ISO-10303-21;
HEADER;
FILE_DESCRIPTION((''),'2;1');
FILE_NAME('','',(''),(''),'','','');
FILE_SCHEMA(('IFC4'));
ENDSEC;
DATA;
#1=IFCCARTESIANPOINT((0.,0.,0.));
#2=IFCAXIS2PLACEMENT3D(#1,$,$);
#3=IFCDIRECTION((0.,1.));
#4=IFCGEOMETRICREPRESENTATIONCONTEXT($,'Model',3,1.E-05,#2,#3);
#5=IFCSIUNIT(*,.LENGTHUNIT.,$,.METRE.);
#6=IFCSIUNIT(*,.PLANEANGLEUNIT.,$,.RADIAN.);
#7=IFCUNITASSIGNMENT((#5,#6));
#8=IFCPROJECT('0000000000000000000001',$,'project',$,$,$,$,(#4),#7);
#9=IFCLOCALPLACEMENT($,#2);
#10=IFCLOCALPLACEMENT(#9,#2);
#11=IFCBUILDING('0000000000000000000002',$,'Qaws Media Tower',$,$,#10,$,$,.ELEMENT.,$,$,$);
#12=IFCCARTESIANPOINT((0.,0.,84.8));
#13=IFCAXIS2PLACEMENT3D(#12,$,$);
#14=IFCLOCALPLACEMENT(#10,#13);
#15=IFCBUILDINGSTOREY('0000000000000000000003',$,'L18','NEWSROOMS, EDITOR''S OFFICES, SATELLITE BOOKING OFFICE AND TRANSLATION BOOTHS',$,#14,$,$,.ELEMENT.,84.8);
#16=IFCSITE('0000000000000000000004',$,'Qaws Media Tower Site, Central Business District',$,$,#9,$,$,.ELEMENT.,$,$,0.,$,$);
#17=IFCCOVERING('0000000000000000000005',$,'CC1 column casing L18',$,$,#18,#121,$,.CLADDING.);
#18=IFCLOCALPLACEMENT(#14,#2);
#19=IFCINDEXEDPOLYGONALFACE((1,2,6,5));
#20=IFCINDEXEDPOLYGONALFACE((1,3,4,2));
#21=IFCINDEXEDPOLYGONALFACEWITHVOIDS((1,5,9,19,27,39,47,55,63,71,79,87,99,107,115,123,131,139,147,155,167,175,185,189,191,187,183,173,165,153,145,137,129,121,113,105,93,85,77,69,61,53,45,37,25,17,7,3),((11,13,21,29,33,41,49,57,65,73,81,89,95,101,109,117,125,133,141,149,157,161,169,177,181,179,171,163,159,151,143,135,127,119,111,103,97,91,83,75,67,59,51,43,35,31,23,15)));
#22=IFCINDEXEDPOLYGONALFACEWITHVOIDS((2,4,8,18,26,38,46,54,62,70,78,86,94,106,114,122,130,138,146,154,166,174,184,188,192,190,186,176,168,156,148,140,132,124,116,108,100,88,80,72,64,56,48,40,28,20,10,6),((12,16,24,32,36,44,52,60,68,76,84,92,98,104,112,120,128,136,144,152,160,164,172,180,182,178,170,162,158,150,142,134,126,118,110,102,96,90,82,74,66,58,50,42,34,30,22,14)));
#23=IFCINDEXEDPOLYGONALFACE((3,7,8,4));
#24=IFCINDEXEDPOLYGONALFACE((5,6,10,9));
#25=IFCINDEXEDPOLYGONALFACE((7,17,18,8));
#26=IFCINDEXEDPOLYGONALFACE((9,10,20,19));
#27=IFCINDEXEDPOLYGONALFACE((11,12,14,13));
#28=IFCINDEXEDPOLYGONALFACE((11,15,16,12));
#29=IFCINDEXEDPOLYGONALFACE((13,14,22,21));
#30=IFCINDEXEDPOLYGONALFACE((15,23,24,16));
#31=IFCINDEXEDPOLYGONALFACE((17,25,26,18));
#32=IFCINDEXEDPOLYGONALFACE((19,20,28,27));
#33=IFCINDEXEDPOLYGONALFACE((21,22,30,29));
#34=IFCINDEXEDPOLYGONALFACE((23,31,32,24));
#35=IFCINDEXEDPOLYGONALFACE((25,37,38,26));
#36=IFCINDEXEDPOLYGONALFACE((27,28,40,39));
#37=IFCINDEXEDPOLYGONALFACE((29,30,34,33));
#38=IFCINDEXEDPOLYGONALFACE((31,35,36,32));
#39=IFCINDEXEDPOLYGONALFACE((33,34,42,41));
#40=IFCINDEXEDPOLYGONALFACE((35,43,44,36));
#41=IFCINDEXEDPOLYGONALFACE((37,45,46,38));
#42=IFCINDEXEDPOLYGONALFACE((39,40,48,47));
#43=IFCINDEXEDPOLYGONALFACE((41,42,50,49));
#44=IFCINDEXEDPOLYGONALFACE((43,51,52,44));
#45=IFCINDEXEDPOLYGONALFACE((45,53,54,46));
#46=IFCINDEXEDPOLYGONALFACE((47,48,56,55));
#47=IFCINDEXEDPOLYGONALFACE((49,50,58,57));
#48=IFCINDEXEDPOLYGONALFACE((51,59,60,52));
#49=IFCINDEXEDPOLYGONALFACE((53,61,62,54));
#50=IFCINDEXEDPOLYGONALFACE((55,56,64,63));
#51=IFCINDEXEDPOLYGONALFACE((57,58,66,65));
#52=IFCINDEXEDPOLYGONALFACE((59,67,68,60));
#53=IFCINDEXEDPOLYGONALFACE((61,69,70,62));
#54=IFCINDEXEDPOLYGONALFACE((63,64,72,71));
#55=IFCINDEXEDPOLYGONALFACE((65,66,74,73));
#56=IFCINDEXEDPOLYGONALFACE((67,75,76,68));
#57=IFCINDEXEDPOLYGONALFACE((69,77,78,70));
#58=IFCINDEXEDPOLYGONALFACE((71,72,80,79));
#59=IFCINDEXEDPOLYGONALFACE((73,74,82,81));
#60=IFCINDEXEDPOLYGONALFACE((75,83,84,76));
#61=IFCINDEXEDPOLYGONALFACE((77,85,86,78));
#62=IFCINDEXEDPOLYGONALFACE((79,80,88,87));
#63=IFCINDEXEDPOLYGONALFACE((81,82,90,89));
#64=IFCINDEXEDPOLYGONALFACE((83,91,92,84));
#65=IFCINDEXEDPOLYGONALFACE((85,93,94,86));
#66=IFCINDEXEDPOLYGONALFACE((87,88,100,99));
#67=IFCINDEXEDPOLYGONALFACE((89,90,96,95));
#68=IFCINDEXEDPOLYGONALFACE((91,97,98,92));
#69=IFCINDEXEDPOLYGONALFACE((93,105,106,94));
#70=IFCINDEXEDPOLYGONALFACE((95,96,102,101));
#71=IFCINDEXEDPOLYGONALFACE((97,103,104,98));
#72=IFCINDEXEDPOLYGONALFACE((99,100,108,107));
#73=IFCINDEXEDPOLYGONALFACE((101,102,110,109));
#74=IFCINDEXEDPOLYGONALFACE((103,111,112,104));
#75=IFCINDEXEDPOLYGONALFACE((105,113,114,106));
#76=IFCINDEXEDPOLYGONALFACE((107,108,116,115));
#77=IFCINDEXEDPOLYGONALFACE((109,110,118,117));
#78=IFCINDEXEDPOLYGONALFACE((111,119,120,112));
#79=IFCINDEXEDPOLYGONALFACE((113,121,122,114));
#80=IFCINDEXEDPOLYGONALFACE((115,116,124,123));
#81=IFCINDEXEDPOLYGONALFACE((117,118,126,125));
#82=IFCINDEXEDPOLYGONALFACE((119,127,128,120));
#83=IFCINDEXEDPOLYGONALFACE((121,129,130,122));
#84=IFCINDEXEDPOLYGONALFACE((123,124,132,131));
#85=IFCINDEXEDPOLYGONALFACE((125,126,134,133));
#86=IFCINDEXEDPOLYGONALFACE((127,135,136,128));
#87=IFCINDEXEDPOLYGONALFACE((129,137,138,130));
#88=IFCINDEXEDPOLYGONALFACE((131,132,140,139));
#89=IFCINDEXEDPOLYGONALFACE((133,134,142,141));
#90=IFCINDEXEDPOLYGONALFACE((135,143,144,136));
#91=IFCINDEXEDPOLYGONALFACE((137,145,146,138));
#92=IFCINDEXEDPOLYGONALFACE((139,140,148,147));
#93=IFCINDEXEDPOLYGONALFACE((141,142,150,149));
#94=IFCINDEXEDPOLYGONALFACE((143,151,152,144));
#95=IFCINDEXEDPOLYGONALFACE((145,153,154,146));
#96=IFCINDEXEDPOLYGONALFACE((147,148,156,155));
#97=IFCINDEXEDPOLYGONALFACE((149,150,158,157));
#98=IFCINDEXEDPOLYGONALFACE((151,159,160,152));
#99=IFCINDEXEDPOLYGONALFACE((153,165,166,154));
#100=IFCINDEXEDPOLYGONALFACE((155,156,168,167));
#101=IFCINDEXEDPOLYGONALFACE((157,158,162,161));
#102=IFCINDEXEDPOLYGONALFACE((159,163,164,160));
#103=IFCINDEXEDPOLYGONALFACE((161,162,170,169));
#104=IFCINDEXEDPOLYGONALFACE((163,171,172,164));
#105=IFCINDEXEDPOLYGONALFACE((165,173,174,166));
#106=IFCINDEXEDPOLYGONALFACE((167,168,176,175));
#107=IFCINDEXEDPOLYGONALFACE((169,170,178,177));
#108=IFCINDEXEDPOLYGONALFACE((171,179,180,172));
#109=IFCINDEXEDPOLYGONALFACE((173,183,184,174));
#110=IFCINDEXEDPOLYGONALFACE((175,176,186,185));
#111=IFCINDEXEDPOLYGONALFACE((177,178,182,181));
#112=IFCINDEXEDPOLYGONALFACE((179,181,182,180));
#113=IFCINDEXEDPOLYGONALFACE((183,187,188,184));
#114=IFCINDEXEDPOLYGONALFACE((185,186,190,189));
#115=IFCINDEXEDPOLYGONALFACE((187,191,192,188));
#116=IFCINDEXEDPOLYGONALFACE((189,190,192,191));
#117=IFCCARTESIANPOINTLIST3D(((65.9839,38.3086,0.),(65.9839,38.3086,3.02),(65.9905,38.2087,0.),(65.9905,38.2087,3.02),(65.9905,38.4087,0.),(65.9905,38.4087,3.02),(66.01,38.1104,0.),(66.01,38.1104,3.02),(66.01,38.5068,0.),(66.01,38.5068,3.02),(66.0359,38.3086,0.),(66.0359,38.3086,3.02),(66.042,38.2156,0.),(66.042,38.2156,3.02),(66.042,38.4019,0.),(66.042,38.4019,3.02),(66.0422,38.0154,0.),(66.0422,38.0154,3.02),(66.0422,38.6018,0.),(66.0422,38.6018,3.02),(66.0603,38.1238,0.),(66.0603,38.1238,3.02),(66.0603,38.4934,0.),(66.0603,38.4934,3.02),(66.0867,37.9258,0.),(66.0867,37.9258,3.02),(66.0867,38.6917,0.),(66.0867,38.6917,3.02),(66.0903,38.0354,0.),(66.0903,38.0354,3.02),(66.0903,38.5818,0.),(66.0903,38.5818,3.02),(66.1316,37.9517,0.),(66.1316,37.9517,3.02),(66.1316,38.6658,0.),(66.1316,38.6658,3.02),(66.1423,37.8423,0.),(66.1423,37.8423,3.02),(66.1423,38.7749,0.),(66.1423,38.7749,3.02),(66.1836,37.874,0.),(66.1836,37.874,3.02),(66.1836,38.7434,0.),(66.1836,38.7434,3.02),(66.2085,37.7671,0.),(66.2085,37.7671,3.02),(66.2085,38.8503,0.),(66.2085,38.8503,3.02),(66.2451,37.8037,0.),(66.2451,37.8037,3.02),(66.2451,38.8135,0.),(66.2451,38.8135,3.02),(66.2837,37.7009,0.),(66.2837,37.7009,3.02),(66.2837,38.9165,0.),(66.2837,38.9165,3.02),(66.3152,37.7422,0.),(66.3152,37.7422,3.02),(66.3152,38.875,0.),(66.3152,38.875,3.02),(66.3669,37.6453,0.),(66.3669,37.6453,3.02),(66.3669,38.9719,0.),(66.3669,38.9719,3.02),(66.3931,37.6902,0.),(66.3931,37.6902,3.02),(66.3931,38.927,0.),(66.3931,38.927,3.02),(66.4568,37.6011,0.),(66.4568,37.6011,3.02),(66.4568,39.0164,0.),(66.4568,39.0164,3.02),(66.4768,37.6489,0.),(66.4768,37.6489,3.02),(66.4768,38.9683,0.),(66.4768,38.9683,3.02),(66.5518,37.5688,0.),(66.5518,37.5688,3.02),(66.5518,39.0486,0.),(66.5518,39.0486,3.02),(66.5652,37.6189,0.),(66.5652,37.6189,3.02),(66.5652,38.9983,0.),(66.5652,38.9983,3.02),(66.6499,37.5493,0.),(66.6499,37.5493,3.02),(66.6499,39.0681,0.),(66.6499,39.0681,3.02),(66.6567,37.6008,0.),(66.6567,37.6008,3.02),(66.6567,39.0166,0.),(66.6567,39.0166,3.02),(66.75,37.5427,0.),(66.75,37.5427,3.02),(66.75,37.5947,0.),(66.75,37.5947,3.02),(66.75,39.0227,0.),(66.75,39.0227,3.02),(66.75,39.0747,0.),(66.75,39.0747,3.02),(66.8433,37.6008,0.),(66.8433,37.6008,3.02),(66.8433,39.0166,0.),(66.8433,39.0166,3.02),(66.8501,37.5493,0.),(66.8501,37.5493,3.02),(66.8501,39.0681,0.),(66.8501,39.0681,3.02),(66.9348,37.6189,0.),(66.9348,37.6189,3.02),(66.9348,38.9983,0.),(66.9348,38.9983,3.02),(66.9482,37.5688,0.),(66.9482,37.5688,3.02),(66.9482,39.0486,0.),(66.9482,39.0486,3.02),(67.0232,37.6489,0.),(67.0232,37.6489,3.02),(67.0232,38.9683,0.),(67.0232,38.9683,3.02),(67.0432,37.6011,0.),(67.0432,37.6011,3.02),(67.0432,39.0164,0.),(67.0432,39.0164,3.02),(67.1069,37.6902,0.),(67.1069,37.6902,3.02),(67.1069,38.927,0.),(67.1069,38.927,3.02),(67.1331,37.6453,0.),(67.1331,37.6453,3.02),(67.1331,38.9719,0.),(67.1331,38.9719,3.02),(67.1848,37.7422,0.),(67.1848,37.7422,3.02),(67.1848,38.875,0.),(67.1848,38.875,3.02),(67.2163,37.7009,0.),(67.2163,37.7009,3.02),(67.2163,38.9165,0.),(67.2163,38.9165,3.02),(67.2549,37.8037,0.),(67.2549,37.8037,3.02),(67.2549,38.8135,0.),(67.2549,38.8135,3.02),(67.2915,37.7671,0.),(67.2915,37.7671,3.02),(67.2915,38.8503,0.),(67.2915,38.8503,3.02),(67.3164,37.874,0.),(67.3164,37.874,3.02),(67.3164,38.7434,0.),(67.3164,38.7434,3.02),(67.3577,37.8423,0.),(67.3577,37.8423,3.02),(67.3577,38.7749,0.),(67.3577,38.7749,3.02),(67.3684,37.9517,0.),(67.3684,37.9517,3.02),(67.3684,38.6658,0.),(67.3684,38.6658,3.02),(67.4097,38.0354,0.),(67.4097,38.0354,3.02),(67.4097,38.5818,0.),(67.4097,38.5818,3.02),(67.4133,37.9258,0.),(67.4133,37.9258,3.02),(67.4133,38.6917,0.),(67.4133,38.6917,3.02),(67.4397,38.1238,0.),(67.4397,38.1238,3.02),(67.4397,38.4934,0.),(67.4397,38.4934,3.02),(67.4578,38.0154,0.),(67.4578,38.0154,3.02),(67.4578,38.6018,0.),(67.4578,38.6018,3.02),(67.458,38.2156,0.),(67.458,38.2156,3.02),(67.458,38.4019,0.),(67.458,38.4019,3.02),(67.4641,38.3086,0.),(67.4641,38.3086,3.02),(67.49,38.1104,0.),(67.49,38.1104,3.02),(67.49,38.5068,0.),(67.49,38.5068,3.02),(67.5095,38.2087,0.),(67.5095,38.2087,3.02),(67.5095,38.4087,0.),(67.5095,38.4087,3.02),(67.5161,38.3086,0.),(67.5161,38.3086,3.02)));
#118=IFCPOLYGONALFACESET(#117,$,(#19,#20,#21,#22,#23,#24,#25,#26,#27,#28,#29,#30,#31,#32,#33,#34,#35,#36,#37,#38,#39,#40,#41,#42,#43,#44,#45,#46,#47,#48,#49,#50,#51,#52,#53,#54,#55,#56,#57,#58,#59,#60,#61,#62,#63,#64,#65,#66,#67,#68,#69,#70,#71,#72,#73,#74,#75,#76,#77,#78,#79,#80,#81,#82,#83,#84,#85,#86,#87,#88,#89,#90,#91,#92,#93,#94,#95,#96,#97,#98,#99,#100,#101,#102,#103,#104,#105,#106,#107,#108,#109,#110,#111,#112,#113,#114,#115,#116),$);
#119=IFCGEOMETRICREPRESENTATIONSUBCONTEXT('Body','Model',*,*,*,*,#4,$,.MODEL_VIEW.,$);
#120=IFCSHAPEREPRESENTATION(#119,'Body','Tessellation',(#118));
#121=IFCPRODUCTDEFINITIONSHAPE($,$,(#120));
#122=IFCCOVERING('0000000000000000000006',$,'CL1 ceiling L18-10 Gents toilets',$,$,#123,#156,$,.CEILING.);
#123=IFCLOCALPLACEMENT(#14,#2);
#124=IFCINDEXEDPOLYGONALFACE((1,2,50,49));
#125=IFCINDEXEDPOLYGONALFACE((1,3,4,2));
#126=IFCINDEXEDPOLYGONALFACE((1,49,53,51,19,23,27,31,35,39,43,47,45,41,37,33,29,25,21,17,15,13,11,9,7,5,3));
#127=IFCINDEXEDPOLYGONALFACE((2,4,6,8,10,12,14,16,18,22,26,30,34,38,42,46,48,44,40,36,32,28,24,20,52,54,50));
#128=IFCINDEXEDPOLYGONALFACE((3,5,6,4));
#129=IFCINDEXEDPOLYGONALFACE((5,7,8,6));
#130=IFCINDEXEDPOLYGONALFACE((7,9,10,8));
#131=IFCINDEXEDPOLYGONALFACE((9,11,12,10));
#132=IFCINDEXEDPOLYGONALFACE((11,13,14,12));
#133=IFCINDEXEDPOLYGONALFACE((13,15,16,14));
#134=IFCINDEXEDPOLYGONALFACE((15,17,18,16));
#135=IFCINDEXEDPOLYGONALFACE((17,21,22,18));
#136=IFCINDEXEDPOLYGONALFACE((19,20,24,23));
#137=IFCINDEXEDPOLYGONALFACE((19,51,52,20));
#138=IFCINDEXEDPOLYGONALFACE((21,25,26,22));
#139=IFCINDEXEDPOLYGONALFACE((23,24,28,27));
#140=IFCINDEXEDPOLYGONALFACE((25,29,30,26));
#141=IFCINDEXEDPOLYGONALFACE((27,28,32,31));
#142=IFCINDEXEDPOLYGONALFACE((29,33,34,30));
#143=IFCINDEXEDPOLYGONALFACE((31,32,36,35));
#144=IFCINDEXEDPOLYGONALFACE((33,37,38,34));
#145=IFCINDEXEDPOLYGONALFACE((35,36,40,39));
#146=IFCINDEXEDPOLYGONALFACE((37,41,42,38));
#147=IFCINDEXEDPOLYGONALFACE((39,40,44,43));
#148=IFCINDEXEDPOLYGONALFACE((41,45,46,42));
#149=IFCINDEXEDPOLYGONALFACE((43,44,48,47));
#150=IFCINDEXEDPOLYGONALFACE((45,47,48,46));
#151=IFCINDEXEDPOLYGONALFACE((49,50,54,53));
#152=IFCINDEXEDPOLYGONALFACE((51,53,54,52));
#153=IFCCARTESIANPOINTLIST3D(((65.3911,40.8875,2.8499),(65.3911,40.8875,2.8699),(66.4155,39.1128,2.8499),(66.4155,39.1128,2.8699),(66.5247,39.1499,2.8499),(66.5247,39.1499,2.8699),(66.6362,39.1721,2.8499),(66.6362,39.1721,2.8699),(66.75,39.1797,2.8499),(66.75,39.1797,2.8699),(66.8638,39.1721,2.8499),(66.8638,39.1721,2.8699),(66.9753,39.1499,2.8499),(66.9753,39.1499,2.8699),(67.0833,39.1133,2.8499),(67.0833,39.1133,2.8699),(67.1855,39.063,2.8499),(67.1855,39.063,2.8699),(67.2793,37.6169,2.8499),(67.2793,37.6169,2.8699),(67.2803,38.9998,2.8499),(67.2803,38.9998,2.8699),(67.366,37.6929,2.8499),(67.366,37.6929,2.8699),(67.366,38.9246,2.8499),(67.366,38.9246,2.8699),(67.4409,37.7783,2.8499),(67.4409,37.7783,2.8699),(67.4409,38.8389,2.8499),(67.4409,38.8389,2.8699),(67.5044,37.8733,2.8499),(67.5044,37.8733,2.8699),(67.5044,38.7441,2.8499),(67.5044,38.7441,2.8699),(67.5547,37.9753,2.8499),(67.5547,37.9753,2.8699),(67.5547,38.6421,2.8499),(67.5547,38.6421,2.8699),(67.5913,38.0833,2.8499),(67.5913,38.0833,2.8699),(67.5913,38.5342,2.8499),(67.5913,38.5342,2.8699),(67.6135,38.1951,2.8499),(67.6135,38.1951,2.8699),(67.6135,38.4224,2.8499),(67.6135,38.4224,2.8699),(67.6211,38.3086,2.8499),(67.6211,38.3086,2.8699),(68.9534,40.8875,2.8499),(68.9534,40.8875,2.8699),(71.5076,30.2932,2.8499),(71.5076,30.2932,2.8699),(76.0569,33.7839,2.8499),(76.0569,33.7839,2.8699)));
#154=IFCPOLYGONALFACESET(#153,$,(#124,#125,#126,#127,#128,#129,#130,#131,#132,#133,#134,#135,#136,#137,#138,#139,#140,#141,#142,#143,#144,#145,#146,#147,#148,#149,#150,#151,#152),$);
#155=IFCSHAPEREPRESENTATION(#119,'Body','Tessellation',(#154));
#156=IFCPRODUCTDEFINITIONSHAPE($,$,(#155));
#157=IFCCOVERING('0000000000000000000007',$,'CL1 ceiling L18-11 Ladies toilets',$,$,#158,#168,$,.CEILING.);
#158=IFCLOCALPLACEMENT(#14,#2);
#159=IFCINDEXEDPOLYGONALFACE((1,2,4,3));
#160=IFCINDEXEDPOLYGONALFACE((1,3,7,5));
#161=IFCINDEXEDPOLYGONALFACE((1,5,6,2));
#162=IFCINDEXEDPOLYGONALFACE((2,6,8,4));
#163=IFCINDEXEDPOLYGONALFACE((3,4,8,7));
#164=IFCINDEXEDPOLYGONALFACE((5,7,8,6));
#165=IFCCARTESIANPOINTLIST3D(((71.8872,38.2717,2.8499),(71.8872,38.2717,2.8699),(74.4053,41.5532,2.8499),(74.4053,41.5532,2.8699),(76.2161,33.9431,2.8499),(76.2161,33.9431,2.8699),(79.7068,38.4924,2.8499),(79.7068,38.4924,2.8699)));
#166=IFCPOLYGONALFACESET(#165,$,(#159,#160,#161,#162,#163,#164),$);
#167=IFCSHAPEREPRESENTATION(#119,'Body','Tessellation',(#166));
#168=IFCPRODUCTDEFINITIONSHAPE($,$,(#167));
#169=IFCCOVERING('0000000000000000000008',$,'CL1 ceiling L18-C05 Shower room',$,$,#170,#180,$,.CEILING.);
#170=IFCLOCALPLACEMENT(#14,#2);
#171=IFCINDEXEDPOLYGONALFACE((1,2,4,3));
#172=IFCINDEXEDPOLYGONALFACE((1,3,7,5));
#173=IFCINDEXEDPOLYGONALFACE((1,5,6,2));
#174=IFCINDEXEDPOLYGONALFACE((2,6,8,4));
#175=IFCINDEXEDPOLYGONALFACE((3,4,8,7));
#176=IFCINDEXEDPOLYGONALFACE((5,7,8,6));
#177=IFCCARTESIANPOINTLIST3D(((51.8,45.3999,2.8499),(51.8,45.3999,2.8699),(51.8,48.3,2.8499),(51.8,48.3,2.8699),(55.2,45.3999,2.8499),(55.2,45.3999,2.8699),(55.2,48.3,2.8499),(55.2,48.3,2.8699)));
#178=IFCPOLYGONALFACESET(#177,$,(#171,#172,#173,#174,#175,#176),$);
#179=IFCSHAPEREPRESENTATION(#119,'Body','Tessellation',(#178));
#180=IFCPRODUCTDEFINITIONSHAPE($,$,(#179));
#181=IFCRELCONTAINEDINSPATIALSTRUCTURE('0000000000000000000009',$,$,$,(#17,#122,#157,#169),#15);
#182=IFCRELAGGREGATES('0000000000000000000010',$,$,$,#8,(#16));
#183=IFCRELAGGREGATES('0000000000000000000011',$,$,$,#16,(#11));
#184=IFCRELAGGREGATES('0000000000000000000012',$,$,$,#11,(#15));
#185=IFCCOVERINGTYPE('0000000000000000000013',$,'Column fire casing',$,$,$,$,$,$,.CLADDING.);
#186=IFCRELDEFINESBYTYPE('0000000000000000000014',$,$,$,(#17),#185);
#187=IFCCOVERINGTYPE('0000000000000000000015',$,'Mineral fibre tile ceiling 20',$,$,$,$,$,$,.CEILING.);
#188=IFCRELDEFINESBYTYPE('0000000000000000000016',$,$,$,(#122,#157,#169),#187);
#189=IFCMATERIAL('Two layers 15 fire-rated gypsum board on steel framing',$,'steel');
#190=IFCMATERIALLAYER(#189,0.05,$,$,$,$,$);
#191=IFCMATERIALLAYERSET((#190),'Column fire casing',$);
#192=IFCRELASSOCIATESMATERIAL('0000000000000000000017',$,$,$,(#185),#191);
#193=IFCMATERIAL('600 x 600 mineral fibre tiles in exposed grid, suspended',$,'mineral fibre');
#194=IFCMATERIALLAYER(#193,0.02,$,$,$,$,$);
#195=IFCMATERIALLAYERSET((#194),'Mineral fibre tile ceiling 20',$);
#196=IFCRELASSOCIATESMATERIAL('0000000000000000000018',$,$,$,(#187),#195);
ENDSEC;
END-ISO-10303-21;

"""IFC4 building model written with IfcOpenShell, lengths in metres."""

from ifc_helpers import new_model, si_unit, direction, frame, origin, place, context, subcontext, project, spatial, polyline, outline, extrude, material, layer, layer_set, type_object, element, save


model = new_model("IFC4")

# Units and contexts
model_context = context("Model", 3, precision=1e-05, world=origin(), true_north=direction((0.0, 1.0)))
body_context = subcontext(model_context, "Body", "Model", "MODEL_VIEW")
ifc_project = project(units=[si_unit("LENGTHUNIT", "METRE"), si_unit("PLANEANGLEUNIT", "RADIAN")], contexts=[model_context])

# Site, building, storey
site_placement = place(None, origin())
site = spatial("IfcSite", under=ifc_project, at=site_placement, Name="Qaws Media Tower Site, Central Business District", CompositionType="ELEMENT", RefElevation=0.0)
building_placement = place(site_placement, origin())
building = spatial("IfcBuilding", under=site, at=building_placement, Name="Qaws Media Tower", CompositionType="ELEMENT")
storey_placement = place(building_placement, frame((0.0, 0.0, 84.8)))
storey = spatial("IfcBuildingStorey", under=building, at=storey_placement, Name="L18", Description="NEWSROOMS, EDITOR'S OFFICES, SATELLITE BOOKING OFFICE AND TRANSLATION BOOTHS", CompositionType="ELEMENT", Elevation=84.8)

# Coverings
ifc_material_1 = material(Name="Two layers 15 fire-rated gypsum board on steel framing", Category="steel")
ifc_layer_1 = layer(ifc_material_1, 0.05)
ifc_layer_set_1 = layer_set([ifc_layer_1], Name="Column fire casing")
covering_type_1 = type_object("IfcCoveringType", Name="Column fire casing", PredefinedType="CLADDING", material=ifc_layer_set_1)
covering_1_placement = place(storey_placement, origin())
element("IfcCovering", 1, at=covering_1_placement, inside=storey, type_object=covering_type_1, Name="CC1 column casing L18", PredefinedType="CLADDING", context=body_context, shape_type="SweptSolid", body=[
    extrude(outline(polyline([(67.5161, 38.3086), (67.5095, 38.2087), (67.49, 38.1104), (67.4578, 38.0154), (67.4133, 37.9258), (67.3577, 37.8423), (67.2915, 37.7671), (67.2163, 37.7009), (67.1331, 37.6453), (67.0432, 37.6011), (66.9482, 37.5688), (66.8501, 37.5493), (66.75, 37.5427), (66.6499, 37.5493), (66.5518, 37.5688), (66.4568, 37.6011), (66.3669, 37.6453), (66.2837, 37.7009), (66.2085, 37.7671), (66.1423, 37.8423), (66.0867, 37.9258), (66.0422, 38.0154), (66.01, 38.1104), (65.9905, 38.2087), (65.9839, 38.3086), (65.9905, 38.4087), (66.01, 38.5068), (66.0422, 38.6018), (66.0867, 38.6917), (66.1423, 38.7749), (66.2085, 38.8503), (66.2837, 38.9165), (66.3669, 38.9719), (66.4568, 39.0164), (66.5518, 39.0486), (66.6499, 39.0681), (66.75, 39.0747), (66.8501, 39.0681), (66.9482, 39.0486), (67.0432, 39.0164), (67.1331, 38.9719), (67.2163, 38.9165), (67.2915, 38.8503), (67.3577, 38.7749), (67.4133, 38.6917), (67.4578, 38.6018), (67.49, 38.5068), (67.5095, 38.4087), (67.5161, 38.3086)]), holes=[polyline([(67.4641, 38.3086), (67.458, 38.2156), (67.4397, 38.1238), (67.4097, 38.0354), (67.3684, 37.9517), (67.3164, 37.874), (67.2549, 37.8037), (67.1848, 37.7422), (67.1069, 37.6902), (67.0232, 37.6489), (66.9348, 37.6189), (66.8433, 37.6008), (66.75, 37.5947), (66.6567, 37.6008), (66.5652, 37.6189), (66.4768, 37.6489), (66.3931, 37.6902), (66.3152, 37.7422), (66.2451, 37.8037), (66.1836, 37.874), (66.1316, 37.9517), (66.0903, 38.0354), (66.0603, 38.1238), (66.042, 38.2156), (66.0359, 38.3086), (66.042, 38.4019), (66.0603, 38.4934), (66.0903, 38.5818), (66.1316, 38.6658), (66.1836, 38.7434), (66.2451, 38.8135), (66.3152, 38.875), (66.3931, 38.927), (66.4768, 38.9683), (66.5652, 38.9983), (66.6567, 39.0166), (66.75, 39.0227), (66.8433, 39.0166), (66.9348, 38.9983), (67.0232, 38.9683), (67.1069, 38.927), (67.1848, 38.875), (67.2549, 38.8135), (67.3164, 38.7434), (67.3684, 38.6658), (67.4097, 38.5818), (67.4397, 38.4934), (67.458, 38.4019), (67.4641, 38.3086)])]), origin(), (0.0, 0.0, 1.0), 3.02),
])
ifc_material_2 = material(Name="600 x 600 mineral fibre tiles in exposed grid, suspended", Category="mineral fibre")
ifc_layer_2 = layer(ifc_material_2, 0.02)
ifc_layer_set_2 = layer_set([ifc_layer_2], Name="Mineral fibre tile ceiling 20")
covering_type_2 = type_object("IfcCoveringType", Name="Mineral fibre tile ceiling 20", PredefinedType="CEILING", material=ifc_layer_set_2)
covering_2_placement = place(storey_placement, frame((0.0, 0.0, 2.8499)))
element("IfcCovering", 2, at=covering_2_placement, inside=storey, type_object=covering_type_2, Name="CL1 ceiling L18-10 Gents toilets", PredefinedType="CEILING", context=body_context, shape_type="SweptSolid", body=[
    extrude(outline(polyline([(71.5076, 30.2932), (67.2793, 37.6169), (67.366, 37.6929), (67.4409, 37.7783), (67.5044, 37.8733), (67.5547, 37.9753), (67.5913, 38.0833), (67.6135, 38.1951), (67.6211, 38.3086), (67.6135, 38.4224), (67.5913, 38.5342), (67.5547, 38.6421), (67.5044, 38.7441), (67.4409, 38.8389), (67.366, 38.9246), (67.2803, 38.9998), (67.1855, 39.063), (67.0833, 39.1133), (66.9753, 39.1499), (66.8638, 39.1721), (66.75, 39.1797), (66.6362, 39.1721), (66.5247, 39.1499), (66.4155, 39.1128), (65.3911, 40.8875), (68.9534, 40.8875), (76.0569, 33.7839), (71.5076, 30.2932)])), origin(), (0.0, 0.0, 1.0), 0.02),
])
covering_3_placement = place(storey_placement, frame((0.0, 0.0, 2.8499)))
element("IfcCovering", 3, at=covering_3_placement, inside=storey, type_object=covering_type_2, Name="CL1 ceiling L18-11 Ladies toilets", PredefinedType="CEILING", context=body_context, shape_type="SweptSolid", body=[
    extrude(outline(polyline([(76.2161, 33.9431), (71.8872, 38.2717), (74.4053, 41.5532), (79.7068, 38.4924), (76.2161, 33.9431)])), origin(), (0.0, 0.0, 1.0), 0.02),
])
covering_4_placement = place(storey_placement, frame((0.0, 0.0, 2.8499)))
element("IfcCovering", 4, at=covering_4_placement, inside=storey, type_object=covering_type_2, Name="CL1 ceiling L18-C05 Shower room", PredefinedType="CEILING", context=body_context, shape_type="SweptSolid", body=[
    extrude(outline(polyline([(51.8, 45.3999), (51.8, 48.3), (55.2, 48.3), (55.2, 45.3999), (51.8, 45.3999)])), origin(), (0.0, 0.0, 1.0), 0.02),
])

save(model, "model.ifc")
